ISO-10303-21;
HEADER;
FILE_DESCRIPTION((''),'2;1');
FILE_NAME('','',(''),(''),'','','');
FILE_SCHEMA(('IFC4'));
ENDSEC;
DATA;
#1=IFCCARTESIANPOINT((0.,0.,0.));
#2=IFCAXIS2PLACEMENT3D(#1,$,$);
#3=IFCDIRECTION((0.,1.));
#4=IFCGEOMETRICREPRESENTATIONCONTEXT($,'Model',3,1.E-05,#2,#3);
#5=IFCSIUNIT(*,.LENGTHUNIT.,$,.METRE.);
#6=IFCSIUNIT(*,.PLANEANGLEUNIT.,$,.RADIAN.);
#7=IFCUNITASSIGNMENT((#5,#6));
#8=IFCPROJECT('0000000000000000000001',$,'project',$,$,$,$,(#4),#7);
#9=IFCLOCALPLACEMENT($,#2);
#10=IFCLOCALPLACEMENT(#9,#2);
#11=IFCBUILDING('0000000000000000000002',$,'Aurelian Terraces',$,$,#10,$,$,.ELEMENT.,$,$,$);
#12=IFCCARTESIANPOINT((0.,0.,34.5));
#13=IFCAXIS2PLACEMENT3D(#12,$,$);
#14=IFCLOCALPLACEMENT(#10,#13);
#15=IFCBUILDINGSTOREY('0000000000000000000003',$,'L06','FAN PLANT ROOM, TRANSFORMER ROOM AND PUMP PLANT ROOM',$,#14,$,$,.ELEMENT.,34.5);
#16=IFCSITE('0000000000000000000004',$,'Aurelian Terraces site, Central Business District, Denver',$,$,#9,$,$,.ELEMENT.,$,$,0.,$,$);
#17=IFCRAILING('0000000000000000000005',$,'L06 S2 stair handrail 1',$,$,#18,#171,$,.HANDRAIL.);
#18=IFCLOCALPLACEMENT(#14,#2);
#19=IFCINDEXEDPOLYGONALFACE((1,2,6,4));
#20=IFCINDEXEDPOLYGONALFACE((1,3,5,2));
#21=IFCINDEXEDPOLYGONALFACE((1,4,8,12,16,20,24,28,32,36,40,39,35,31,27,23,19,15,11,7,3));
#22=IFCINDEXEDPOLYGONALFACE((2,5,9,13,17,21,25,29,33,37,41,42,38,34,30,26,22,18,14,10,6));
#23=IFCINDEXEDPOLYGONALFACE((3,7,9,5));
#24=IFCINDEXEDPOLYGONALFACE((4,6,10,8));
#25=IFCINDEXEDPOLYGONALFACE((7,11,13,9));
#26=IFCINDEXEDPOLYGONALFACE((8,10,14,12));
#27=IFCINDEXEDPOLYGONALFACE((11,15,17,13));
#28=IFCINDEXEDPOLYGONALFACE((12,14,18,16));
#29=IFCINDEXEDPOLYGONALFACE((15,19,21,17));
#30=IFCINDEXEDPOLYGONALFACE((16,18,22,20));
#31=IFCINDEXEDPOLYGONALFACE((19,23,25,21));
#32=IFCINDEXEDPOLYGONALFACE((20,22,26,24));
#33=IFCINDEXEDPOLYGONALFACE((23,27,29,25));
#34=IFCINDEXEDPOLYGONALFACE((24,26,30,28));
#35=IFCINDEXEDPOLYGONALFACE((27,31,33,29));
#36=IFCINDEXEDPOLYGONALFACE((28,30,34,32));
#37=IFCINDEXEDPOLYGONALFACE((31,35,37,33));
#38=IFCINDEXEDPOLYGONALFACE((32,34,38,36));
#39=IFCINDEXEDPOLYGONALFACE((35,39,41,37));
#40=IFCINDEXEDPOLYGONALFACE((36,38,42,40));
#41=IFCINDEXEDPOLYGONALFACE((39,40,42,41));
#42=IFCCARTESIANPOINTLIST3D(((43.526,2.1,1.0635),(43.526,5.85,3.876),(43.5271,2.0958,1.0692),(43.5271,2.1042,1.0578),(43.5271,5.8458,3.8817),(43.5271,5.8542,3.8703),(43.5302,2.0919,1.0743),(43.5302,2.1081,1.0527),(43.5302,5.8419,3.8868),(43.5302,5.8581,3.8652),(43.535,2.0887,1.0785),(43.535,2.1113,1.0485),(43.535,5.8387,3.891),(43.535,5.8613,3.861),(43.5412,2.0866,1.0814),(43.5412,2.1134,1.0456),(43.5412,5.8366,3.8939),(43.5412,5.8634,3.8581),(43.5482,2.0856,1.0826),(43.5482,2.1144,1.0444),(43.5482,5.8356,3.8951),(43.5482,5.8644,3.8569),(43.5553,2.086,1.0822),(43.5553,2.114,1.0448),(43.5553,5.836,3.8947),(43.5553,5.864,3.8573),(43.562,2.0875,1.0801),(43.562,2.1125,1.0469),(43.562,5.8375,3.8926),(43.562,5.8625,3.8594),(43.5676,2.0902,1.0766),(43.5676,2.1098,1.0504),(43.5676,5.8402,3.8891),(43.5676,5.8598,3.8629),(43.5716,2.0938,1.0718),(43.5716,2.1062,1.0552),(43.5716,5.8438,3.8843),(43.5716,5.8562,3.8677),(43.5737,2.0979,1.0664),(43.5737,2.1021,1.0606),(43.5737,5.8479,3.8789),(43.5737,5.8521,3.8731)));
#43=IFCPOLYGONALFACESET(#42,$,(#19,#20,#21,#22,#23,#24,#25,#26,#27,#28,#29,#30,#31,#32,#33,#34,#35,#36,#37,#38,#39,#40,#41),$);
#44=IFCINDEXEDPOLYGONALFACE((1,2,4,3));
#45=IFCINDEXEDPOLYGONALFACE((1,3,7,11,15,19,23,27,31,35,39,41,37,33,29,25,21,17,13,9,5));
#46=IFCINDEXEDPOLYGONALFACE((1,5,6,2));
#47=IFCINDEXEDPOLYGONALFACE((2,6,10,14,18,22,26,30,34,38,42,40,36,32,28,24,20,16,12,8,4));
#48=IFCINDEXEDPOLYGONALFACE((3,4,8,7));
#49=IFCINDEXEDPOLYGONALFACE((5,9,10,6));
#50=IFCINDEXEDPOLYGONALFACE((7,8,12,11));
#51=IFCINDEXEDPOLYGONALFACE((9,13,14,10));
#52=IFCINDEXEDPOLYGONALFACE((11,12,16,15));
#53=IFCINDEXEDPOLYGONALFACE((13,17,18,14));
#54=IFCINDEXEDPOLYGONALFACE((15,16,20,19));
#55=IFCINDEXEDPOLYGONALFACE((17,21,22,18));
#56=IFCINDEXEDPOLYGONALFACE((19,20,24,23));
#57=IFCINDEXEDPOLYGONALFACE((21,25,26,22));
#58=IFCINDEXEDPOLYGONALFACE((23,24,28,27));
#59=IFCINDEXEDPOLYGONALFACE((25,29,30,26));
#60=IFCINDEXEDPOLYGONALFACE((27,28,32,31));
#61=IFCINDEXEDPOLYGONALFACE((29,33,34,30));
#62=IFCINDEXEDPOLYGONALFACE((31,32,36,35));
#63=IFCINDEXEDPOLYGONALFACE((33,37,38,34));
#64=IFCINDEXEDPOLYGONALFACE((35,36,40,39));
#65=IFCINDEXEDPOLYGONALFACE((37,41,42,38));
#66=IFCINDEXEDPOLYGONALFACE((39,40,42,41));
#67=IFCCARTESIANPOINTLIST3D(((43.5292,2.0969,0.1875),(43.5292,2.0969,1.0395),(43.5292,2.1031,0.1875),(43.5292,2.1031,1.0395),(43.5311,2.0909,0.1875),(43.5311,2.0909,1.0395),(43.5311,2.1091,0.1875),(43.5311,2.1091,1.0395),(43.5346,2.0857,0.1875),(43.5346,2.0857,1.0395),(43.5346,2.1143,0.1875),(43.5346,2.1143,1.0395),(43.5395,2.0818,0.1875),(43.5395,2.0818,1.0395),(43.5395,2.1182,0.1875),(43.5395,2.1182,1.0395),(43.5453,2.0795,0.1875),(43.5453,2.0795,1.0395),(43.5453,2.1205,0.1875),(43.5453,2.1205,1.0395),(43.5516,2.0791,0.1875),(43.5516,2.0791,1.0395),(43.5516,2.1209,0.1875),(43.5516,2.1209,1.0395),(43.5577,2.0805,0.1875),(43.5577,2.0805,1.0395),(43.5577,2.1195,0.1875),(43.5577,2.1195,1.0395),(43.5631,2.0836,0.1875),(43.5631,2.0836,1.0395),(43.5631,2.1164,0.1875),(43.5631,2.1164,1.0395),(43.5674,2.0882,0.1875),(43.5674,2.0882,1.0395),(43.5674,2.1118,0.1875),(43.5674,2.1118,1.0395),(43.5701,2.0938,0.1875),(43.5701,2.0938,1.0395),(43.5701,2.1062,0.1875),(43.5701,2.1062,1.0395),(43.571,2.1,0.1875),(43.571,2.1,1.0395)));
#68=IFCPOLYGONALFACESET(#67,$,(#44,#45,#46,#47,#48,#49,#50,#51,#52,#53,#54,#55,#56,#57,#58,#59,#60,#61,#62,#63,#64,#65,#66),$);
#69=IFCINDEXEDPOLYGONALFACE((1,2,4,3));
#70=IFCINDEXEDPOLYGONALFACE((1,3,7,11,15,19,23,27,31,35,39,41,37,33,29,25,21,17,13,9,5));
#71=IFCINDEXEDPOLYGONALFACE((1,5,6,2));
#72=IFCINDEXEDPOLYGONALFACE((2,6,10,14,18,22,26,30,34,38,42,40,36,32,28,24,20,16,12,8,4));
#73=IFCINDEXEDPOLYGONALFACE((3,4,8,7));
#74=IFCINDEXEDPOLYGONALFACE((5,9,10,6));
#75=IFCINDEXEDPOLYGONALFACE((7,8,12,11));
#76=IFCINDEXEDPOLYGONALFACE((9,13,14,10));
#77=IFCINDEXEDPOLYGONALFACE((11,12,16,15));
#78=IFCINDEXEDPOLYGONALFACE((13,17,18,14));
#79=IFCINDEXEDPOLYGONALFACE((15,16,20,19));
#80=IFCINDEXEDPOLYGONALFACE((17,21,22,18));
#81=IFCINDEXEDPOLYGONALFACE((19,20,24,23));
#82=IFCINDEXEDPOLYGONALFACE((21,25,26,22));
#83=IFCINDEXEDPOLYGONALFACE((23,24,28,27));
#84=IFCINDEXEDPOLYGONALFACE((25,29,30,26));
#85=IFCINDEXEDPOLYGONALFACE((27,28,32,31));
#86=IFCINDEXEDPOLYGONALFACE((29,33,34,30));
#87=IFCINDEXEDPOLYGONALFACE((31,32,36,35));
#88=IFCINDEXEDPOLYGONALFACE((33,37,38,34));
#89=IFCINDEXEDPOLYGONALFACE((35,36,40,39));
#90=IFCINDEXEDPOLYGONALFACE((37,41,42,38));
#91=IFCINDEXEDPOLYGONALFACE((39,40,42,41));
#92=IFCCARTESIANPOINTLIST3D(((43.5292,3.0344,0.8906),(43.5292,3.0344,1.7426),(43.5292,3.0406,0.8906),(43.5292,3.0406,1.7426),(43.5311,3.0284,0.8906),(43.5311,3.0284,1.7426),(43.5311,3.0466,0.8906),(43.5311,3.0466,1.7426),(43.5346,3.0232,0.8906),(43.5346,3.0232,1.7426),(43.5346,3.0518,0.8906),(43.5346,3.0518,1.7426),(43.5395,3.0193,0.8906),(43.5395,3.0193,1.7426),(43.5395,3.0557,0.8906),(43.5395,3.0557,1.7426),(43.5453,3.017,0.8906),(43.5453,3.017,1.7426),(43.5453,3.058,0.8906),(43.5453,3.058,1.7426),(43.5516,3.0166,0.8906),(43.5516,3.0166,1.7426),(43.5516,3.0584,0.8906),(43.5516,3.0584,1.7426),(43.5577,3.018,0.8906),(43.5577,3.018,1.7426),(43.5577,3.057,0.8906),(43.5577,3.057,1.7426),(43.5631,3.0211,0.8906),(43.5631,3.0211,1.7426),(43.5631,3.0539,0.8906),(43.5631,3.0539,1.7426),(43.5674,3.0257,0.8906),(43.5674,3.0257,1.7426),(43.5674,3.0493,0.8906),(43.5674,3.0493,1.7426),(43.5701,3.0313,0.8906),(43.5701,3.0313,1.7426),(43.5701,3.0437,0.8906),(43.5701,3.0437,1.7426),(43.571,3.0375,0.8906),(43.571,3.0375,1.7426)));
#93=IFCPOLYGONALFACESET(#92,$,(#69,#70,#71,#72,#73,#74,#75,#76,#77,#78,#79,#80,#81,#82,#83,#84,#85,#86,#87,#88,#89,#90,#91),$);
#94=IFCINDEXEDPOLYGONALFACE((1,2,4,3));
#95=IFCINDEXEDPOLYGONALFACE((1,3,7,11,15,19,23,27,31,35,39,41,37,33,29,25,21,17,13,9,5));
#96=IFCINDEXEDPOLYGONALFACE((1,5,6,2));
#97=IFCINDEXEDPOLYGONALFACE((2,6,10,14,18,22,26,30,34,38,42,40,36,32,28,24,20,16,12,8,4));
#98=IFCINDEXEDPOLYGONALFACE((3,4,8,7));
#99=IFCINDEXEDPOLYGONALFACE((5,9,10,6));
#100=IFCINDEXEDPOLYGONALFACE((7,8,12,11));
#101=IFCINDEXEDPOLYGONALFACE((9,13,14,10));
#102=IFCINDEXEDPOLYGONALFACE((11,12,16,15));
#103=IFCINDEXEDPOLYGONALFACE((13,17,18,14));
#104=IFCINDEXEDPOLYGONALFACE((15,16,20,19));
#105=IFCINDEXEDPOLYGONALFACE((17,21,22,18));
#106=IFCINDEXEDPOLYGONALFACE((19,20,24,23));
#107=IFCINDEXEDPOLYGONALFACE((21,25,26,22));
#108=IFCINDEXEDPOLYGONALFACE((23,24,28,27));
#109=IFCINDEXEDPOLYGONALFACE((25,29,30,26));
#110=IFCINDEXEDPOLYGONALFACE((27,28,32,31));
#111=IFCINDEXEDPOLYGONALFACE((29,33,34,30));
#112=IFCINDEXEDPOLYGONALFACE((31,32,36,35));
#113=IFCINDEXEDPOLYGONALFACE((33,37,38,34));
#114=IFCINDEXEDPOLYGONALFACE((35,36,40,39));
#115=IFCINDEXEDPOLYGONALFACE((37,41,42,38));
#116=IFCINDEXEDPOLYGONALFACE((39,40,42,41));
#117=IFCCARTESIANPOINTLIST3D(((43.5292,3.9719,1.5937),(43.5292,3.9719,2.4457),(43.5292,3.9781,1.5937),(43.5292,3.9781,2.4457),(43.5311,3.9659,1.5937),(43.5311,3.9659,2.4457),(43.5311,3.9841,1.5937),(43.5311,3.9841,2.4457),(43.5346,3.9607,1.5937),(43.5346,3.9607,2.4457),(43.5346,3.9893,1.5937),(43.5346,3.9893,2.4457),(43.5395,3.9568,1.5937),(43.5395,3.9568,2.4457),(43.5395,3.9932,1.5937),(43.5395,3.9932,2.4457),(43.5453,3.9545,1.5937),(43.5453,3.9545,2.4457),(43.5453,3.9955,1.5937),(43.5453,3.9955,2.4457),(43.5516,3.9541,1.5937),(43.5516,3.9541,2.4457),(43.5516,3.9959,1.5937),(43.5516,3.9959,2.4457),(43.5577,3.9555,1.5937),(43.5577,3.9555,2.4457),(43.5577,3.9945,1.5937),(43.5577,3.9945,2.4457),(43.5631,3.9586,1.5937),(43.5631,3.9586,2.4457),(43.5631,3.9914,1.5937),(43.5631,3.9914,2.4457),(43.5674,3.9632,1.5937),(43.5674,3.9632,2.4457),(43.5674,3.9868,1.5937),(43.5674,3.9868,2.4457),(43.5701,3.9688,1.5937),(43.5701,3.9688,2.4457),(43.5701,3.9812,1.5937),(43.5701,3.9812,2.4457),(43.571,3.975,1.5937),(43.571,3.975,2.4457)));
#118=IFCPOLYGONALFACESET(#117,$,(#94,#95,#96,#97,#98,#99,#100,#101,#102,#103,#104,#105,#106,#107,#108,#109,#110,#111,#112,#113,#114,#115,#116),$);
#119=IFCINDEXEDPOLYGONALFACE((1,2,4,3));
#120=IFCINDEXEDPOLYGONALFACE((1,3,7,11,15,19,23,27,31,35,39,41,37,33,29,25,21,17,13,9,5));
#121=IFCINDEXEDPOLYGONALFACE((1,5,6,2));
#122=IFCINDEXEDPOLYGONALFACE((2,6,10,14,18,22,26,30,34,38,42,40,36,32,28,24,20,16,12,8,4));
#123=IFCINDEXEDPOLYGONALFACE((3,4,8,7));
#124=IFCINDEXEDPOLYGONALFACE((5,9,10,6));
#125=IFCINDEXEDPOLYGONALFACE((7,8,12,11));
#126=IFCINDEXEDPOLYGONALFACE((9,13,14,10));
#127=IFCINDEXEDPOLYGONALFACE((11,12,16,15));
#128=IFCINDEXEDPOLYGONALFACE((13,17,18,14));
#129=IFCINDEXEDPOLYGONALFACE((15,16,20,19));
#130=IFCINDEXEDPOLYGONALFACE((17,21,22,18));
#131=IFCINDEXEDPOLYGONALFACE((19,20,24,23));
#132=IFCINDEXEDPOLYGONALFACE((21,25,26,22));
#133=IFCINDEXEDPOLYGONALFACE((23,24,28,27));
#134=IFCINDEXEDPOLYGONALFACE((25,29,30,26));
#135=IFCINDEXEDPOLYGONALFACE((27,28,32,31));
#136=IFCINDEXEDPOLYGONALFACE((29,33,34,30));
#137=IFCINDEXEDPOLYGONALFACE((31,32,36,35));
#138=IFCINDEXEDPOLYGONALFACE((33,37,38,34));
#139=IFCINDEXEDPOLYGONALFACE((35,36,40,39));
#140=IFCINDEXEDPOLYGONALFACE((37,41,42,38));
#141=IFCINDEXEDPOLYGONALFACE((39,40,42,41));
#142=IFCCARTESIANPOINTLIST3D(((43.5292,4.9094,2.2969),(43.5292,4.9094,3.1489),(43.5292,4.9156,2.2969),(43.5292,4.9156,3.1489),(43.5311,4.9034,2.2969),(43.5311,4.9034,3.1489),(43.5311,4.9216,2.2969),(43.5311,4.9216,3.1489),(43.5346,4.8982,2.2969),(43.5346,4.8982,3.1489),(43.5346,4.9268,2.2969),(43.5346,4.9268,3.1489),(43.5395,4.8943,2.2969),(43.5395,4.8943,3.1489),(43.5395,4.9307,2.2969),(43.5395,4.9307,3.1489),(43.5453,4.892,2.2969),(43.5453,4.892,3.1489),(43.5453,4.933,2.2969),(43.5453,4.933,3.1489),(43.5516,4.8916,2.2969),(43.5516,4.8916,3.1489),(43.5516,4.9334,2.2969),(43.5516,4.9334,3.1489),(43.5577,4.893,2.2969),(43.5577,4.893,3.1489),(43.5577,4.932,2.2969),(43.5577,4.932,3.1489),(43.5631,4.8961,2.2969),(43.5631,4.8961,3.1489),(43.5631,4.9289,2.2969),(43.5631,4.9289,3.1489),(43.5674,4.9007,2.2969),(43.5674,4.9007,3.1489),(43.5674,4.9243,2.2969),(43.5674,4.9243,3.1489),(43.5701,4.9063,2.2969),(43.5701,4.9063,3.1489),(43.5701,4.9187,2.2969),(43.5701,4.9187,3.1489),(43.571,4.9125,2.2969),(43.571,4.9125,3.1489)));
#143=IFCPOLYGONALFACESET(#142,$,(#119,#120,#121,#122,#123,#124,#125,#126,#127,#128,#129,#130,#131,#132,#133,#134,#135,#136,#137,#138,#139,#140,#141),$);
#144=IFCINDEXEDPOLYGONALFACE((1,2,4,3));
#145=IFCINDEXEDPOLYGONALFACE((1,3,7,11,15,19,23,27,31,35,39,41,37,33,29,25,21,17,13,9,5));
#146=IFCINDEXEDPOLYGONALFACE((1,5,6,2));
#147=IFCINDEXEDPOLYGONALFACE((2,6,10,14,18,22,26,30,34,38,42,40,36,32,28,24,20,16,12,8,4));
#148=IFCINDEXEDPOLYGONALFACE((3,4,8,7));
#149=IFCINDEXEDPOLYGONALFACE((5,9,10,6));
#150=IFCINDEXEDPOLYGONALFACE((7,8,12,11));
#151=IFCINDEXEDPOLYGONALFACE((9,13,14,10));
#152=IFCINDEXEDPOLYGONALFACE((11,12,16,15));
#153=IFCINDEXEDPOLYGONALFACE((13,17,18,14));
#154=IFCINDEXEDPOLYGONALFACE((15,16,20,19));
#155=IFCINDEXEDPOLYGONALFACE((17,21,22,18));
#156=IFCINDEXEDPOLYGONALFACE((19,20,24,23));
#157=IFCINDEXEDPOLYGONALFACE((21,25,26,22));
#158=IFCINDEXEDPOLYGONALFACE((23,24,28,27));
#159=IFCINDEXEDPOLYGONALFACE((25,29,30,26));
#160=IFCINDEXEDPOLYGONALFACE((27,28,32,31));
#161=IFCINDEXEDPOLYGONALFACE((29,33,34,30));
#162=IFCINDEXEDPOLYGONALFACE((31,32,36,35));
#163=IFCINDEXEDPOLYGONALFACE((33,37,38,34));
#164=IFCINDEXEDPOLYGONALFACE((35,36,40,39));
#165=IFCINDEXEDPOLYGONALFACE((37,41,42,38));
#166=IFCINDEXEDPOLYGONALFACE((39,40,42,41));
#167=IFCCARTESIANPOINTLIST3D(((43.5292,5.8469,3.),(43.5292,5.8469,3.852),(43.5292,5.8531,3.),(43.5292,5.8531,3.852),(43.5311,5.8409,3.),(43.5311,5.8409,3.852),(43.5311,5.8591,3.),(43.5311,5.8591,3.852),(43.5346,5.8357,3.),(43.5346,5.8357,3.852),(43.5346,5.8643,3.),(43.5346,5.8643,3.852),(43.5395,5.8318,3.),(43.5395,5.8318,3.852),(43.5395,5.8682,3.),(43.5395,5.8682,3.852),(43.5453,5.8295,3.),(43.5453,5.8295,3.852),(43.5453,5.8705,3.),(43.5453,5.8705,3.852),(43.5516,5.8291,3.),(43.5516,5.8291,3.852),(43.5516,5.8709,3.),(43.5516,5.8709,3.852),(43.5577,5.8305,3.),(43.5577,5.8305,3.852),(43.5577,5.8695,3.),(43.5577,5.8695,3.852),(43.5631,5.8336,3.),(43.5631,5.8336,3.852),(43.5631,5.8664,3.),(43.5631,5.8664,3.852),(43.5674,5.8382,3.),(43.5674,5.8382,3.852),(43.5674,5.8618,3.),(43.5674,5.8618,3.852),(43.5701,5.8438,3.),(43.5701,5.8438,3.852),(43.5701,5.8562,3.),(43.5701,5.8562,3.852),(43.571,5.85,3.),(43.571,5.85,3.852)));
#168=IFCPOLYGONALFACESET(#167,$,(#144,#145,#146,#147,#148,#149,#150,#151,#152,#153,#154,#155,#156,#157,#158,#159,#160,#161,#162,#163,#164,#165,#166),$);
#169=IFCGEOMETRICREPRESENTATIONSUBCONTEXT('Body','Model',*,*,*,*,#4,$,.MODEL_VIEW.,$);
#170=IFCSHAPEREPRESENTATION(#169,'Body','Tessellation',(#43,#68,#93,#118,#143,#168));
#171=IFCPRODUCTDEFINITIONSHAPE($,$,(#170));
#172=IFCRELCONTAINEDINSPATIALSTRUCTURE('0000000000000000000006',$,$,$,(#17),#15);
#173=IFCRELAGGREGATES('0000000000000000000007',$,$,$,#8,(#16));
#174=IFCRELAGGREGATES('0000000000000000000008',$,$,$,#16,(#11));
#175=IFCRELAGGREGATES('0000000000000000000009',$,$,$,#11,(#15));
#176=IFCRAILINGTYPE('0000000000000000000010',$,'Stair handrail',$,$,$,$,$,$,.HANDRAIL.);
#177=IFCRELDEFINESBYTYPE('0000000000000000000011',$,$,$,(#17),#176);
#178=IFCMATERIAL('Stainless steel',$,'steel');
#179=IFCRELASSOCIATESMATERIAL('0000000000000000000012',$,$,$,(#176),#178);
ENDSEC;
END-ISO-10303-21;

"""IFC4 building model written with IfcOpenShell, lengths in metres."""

from ifc_helpers import new_model, si_unit, direction, frame, origin, origin_2d, place, context, subcontext, project, spatial, circle, extrude, source, transform, mapped, material, type_object, element, save


model = new_model("IFC4")

# Units and contexts
model_context = context("Model", 3, precision=1e-05, world=origin(), true_north=direction((0.0, 1.0)))
body_context = subcontext(model_context, "Body", "Model", "MODEL_VIEW")
ifc_project = project(units=[si_unit("LENGTHUNIT", "METRE"), si_unit("PLANEANGLEUNIT", "RADIAN")], contexts=[model_context])

# Site, building, storey
site_placement = place(None, origin())
site = spatial("IfcSite", under=ifc_project, at=site_placement, Name="Aurelian Terraces site, Central Business District, Denver", CompositionType="ELEMENT", RefElevation=0.0)
building_placement = place(site_placement, origin())
building = spatial("IfcBuilding", under=site, at=building_placement, Name="Aurelian Terraces", CompositionType="ELEMENT")
storey_placement = place(building_placement, frame((0.0, 0.0, 34.5)))
storey = spatial("IfcBuildingStorey", under=building, at=storey_placement, Name="L06", Description="FAN PLANT ROOM, TRANSFORMER ROOM AND PUMP PLANT ROOM", CompositionType="ELEMENT", Elevation=34.5)

# Railing
ifc_material_1 = material(Name="Stainless steel", Category="steel")
railing_type_1 = type_object("IfcRailingType", Name="Stair handrail", PredefinedType="HANDRAIL", material=ifc_material_1)
shared_shape_1 = source(origin(), body_context, "Body", "SweptSolid", [
    extrude(circle(Radius=0.024, at=origin_2d()), frame((0.0, 0.0, 0.876), z_axis=(0.0, 0.8, 0.6), x_axis=(-1.0, 0.0, 0.0)), (0.0, 0.0, 1.0), 4.6875),
    extrude(circle(Radius=0.021, at=origin_2d()), origin(), (0.0, 0.0, 1.0), 0.852),
    extrude(circle(Radius=0.021, at=origin_2d()), frame((0.0, 0.9375, 0.7031)), (0.0, 0.0, 1.0), 0.852),
    extrude(circle(Radius=0.021, at=origin_2d()), frame((0.0, 1.875, 1.4062)), (0.0, 0.0, 1.0), 0.852),
    extrude(circle(Radius=0.021, at=origin_2d()), frame((0.0, 2.8125, 2.1094)), (0.0, 0.0, 1.0), 0.852),
    extrude(circle(Radius=0.021, at=origin_2d()), frame((0.0, 3.75, 2.8125)), (0.0, 0.0, 1.0), 0.852),
])
railing_1_placement = place(storey_placement, frame((43.55, 2.1, 0.1875)))
element("IfcRailing", 1, at=railing_1_placement, inside=storey, type_object=railing_type_1, Name="L06 S2 stair handrail 1", PredefinedType="HANDRAIL", context=body_context, shape_type="MappedRepresentation", body=[
    mapped(shared_shape_1, transform((0.0, 0.0, 0.0), scale=1.0)),
])

save(model, "model.ifc")
